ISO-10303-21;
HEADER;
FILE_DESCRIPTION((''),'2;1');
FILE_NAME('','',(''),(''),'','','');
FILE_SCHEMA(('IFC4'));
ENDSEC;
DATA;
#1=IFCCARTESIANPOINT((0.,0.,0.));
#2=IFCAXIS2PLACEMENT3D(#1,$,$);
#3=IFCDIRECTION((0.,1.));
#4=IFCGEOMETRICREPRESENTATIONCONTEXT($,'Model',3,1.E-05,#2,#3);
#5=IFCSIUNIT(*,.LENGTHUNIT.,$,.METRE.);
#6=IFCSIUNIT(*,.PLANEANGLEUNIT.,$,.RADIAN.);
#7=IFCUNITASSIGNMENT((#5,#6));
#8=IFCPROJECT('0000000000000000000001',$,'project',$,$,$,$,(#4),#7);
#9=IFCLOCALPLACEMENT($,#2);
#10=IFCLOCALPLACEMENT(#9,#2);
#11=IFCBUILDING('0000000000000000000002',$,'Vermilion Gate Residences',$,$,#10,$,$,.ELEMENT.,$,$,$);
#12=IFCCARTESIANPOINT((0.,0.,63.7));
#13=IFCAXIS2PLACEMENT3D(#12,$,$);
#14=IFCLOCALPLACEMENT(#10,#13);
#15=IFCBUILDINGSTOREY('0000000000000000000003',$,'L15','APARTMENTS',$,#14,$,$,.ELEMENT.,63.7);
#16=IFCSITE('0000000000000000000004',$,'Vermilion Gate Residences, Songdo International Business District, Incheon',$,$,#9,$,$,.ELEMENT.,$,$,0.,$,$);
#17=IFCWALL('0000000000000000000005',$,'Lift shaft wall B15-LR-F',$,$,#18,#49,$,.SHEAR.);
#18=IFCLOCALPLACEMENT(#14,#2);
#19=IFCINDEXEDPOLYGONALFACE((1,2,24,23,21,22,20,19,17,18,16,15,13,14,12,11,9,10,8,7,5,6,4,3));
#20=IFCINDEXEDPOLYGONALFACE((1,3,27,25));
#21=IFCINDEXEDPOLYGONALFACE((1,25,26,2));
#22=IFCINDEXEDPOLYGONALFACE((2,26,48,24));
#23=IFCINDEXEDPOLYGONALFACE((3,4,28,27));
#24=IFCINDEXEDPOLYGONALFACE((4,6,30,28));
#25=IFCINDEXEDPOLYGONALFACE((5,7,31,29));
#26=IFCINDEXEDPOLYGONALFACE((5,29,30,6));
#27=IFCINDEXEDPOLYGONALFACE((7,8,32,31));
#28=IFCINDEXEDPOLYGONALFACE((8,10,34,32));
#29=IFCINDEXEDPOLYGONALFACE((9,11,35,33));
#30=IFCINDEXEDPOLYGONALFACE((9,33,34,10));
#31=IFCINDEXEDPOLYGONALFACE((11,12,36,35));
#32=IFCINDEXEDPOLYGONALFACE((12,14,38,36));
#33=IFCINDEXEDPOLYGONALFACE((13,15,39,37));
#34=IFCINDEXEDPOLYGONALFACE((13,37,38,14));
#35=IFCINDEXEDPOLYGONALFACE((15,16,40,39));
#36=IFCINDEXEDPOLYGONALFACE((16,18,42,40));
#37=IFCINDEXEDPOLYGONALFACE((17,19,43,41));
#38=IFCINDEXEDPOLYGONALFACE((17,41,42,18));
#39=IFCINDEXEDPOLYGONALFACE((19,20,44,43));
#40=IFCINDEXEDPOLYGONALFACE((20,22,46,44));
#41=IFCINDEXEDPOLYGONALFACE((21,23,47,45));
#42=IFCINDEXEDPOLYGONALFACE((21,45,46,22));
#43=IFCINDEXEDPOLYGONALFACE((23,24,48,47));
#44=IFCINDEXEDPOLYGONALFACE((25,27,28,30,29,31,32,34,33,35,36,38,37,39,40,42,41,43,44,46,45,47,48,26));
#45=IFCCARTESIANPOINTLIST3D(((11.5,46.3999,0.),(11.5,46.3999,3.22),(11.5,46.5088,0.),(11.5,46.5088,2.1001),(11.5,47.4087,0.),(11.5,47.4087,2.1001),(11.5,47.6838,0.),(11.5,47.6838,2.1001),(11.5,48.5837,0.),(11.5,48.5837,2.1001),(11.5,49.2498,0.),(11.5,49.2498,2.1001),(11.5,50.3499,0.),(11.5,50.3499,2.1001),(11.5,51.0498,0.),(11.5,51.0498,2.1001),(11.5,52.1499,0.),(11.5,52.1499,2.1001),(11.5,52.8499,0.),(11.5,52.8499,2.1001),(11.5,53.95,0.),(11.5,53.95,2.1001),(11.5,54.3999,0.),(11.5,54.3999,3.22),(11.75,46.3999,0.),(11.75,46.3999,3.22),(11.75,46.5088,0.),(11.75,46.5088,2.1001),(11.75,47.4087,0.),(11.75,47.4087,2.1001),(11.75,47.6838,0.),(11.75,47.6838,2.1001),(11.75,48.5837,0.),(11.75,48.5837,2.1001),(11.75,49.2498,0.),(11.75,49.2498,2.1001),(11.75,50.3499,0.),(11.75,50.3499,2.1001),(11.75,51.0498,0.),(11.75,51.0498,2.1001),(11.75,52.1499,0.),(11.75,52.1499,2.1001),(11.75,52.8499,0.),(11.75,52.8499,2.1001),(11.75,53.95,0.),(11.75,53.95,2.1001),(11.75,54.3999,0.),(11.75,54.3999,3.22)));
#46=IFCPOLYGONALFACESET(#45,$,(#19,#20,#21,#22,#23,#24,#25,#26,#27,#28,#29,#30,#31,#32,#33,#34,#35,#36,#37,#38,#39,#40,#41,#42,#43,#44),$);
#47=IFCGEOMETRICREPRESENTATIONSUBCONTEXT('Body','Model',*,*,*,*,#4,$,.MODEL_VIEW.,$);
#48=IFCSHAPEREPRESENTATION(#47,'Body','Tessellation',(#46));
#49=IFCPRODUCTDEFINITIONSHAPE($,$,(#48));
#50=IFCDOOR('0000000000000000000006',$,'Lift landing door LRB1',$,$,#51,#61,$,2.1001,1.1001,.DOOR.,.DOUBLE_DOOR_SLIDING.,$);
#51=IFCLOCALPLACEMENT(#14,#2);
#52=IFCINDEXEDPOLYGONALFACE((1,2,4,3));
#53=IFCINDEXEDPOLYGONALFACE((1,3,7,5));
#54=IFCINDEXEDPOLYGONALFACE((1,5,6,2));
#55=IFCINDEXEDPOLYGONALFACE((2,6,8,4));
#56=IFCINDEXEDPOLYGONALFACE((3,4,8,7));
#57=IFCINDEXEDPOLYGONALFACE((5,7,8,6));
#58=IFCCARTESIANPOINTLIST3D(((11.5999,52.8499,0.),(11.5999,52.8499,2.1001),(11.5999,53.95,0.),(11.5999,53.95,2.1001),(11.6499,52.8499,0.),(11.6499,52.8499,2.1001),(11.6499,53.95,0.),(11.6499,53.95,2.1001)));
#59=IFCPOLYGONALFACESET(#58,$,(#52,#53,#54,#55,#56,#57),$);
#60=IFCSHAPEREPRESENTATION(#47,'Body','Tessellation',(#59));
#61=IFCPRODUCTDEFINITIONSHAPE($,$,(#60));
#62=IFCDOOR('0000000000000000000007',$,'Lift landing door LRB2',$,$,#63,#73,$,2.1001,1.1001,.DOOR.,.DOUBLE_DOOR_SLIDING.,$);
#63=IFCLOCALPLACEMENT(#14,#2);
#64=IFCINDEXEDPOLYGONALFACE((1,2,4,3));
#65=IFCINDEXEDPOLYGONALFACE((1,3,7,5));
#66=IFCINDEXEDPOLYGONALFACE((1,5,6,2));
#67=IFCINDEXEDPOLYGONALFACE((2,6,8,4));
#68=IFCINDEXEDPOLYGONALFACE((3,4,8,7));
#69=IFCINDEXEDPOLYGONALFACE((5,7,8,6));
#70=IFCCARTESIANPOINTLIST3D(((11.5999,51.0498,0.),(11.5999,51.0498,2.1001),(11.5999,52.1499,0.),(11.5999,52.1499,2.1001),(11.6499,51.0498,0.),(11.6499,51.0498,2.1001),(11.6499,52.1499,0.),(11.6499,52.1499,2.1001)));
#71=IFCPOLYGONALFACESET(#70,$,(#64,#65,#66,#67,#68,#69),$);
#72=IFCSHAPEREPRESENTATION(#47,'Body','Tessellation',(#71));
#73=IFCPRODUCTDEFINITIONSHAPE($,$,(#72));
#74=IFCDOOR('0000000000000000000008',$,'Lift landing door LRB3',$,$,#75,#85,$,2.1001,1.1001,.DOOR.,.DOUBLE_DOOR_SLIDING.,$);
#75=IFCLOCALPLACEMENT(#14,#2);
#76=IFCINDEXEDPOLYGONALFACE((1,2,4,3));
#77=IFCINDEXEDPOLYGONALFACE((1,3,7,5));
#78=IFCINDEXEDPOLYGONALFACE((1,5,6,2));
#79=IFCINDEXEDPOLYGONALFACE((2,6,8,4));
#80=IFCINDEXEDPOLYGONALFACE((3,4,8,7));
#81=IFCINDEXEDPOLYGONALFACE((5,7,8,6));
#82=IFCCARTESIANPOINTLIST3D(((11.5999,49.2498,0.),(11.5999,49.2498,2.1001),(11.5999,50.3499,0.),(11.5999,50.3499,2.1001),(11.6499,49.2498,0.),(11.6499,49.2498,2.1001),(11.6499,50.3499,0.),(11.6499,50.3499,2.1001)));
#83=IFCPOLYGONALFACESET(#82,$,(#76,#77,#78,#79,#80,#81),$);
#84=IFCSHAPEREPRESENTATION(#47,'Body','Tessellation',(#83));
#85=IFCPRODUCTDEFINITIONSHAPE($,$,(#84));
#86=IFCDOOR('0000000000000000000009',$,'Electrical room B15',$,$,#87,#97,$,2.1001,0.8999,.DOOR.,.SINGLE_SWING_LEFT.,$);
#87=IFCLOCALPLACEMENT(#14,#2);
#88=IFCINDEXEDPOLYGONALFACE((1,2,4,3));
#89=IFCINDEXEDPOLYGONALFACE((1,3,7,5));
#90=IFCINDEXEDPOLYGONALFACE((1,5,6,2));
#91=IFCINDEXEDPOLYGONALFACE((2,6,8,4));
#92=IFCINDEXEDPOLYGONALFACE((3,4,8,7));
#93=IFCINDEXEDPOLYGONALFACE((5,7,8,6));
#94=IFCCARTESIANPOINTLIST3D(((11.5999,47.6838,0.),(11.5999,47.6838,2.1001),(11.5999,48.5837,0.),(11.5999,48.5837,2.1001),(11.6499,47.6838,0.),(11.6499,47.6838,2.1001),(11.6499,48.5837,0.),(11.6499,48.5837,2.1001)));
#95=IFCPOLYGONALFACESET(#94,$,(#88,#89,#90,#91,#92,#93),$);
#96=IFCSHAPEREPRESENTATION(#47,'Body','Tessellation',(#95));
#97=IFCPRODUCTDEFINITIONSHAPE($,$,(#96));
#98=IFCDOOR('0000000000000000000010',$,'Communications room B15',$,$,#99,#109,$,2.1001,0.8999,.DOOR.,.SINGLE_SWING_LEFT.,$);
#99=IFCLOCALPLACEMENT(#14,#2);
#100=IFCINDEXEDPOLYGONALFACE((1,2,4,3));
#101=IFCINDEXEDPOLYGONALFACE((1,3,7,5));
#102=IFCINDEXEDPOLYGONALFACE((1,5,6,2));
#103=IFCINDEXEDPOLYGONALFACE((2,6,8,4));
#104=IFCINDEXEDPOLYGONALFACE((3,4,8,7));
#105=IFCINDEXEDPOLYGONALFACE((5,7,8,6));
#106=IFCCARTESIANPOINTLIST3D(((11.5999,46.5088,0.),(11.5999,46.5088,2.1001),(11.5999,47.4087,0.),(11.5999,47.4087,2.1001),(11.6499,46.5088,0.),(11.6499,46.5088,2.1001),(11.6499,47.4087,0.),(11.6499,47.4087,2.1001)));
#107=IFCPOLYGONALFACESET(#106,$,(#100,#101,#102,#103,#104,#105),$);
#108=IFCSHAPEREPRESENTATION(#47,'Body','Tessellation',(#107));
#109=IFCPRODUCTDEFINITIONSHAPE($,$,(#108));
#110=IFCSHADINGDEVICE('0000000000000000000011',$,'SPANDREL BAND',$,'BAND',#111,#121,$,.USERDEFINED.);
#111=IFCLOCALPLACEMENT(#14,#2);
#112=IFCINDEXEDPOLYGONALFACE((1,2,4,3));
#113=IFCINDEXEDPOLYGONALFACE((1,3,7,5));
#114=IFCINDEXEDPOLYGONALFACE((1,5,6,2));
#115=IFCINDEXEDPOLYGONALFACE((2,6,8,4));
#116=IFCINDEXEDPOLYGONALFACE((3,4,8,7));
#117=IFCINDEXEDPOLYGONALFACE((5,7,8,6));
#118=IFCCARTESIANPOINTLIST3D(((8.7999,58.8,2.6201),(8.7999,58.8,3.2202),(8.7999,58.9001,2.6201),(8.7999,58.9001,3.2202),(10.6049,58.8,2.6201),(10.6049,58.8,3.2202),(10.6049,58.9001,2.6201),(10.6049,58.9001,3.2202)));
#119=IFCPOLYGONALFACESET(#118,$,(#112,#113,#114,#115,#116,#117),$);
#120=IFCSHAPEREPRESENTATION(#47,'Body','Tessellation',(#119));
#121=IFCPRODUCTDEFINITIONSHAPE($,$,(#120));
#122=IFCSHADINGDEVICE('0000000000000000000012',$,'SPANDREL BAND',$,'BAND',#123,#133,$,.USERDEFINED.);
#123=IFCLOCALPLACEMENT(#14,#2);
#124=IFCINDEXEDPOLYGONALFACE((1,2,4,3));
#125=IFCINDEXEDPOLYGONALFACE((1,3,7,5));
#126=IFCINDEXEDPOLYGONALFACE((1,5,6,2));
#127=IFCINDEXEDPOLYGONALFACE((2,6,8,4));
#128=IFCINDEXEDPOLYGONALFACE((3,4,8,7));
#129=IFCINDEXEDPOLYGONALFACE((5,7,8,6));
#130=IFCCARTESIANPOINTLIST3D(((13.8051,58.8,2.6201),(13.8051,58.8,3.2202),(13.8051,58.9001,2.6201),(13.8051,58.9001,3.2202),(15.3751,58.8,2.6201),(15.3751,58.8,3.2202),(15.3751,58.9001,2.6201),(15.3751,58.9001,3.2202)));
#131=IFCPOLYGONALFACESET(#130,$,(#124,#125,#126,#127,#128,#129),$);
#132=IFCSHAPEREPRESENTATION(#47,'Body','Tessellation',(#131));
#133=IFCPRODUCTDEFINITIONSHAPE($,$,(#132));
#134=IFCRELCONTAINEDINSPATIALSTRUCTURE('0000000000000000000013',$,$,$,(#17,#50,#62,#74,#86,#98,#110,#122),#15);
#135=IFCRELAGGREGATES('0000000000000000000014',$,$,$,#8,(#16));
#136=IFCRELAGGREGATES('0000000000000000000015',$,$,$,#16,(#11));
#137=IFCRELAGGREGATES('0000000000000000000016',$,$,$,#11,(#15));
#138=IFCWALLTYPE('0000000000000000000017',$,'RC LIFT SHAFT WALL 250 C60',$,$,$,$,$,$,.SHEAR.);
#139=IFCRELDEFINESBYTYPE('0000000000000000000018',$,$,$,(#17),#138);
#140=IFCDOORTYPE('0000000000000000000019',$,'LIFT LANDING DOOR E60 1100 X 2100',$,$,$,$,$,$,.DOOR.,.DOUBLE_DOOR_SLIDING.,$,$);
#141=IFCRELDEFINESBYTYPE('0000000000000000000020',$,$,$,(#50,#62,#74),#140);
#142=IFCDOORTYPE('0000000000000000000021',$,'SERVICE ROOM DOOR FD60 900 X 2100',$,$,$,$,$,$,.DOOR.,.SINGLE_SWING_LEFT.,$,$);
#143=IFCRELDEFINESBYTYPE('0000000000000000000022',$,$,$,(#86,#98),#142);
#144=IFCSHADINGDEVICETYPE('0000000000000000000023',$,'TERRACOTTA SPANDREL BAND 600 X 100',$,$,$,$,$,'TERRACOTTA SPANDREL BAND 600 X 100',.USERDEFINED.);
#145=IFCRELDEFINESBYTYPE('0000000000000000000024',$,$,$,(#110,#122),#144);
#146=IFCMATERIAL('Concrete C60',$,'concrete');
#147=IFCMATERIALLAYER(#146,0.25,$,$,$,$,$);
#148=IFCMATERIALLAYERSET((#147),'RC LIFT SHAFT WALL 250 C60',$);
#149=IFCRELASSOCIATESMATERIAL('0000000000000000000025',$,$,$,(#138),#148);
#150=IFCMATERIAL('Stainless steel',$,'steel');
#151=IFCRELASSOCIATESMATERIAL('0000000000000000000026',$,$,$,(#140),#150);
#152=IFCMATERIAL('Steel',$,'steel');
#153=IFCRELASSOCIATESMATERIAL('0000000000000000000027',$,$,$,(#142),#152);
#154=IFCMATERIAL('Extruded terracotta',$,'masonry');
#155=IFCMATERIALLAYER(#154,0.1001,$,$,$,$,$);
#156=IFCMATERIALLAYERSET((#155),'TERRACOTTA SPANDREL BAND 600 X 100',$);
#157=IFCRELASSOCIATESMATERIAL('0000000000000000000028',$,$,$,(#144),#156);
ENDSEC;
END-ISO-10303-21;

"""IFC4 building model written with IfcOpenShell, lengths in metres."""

from ifc_helpers import new_model, si_unit, direction, frame, frame_2d, origin, origin_2d, place, context, subcontext, project, spatial, rectangle, extrude, material, layer, layer_set, type_object, element, fill, save


model = new_model("IFC4")

# Units and contexts
model_context = context("Model", 3, precision=1e-05, world=origin(), true_north=direction((0.0, 1.0)))
body_context = subcontext(model_context, "Body", "Model", "MODEL_VIEW")
ifc_project = project(units=[si_unit("LENGTHUNIT", "METRE"), si_unit("PLANEANGLEUNIT", "RADIAN")], contexts=[model_context])

# Site, building, storey
site_placement = place(None, origin())
site = spatial("IfcSite", under=ifc_project, at=site_placement, Name="Vermilion Gate Residences, Songdo International Business District, Incheon", CompositionType="ELEMENT", RefElevation=0.0)
building_placement = place(site_placement, origin())
building = spatial("IfcBuilding", under=site, at=building_placement, Name="Vermilion Gate Residences", CompositionType="ELEMENT")
storey_placement = place(building_placement, frame((0.0, 0.0, 63.7)))
storey = spatial("IfcBuildingStorey", under=building, at=storey_placement, Name="L15", Description="APARTMENTS", CompositionType="ELEMENT", Elevation=63.7)

# Wall, openings, doors
ifc_material_1 = material(Name="Concrete C60", Category="concrete")
ifc_layer_1 = layer(ifc_material_1, 0.25)
ifc_layer_set_1 = layer_set([ifc_layer_1], Name="RC LIFT SHAFT WALL 250 C60")
wall_type_1 = type_object("IfcWallType", Name="RC LIFT SHAFT WALL 250 C60", PredefinedType="SHEAR", material=ifc_layer_set_1)
wall_1_placement = place(storey_placement, frame((11.625, 54.3999, 0.0), z_axis=(0.0, 0.0, 1.0), x_axis=(0.0, -1.0, 0.0)))
wall_1 = element("IfcWall", 1, at=wall_1_placement, inside=storey, type_object=wall_type_1, Name="Lift shaft wall B15-LR-F", PredefinedType="SHEAR", context=body_context, shape_type="SweptSolid", body=[
    extrude(rectangle(XDim=8.0, YDim=0.25, at=frame_2d((4.0, 0.0))), origin(), (0.0, 0.0, 1.0), 3.22),
])
opening_1_placement = place(wall_1_placement, frame((0.45, 0.0, 0.0)))
opening_1 = element("IfcOpeningElement", 2, at=opening_1_placement, cuts=wall_1, PredefinedType="OPENING", context=body_context, shape_type="SweptSolid", body=[
    extrude(rectangle(XDim=1.1001, YDim=2.1001, at=frame_2d((0.55, 1.05))), frame((0.0, 0.135, 0.0), z_axis=(0.0, -1.0, 0.0), x_axis=(1.0, 0.0, 0.0)), (0.0, 0.0, 1.0), 0.27),
])
opening_2_placement = place(wall_1_placement, frame((2.25, 0.0, 0.0)))
opening_2 = element("IfcOpeningElement", 3, at=opening_2_placement, cuts=wall_1, PredefinedType="OPENING", context=body_context, shape_type="SweptSolid", body=[
    extrude(rectangle(XDim=1.1001, YDim=2.1001, at=frame_2d((0.55, 1.05))), frame((0.0, 0.135, 0.0), z_axis=(0.0, -1.0, 0.0), x_axis=(1.0, 0.0, 0.0)), (0.0, 0.0, 1.0), 0.27),
])
opening_3_placement = place(wall_1_placement, frame((4.05, 0.0, 0.0)))
opening_3 = element("IfcOpeningElement", 4, at=opening_3_placement, cuts=wall_1, PredefinedType="OPENING", context=body_context, shape_type="SweptSolid", body=[
    extrude(rectangle(XDim=1.1001, YDim=2.1001, at=frame_2d((0.55, 1.05))), frame((0.0, 0.135, 0.0), z_axis=(0.0, -1.0, 0.0), x_axis=(1.0, 0.0, 0.0)), (0.0, 0.0, 1.0), 0.27),
])
opening_4_placement = place(wall_1_placement, frame((5.8162, 0.0, 0.0)))
opening_4 = element("IfcOpeningElement", 5, at=opening_4_placement, cuts=wall_1, PredefinedType="OPENING", context=body_context, shape_type="SweptSolid", body=[
    extrude(rectangle(XDim=0.8999, YDim=2.1001, at=frame_2d((0.45, 1.05))), frame((0.0, 0.135, 0.0), z_axis=(0.0, -1.0, 0.0), x_axis=(1.0, 0.0, 0.0)), (0.0, 0.0, 1.0), 0.27),
])
opening_5_placement = place(wall_1_placement, frame((6.9912, 0.0, 0.0)))
opening_5 = element("IfcOpeningElement", 6, at=opening_5_placement, cuts=wall_1, PredefinedType="OPENING", context=body_context, shape_type="SweptSolid", body=[
    extrude(rectangle(XDim=0.8999, YDim=2.1001, at=frame_2d((0.45, 1.05))), frame((0.0, 0.135, 0.0), z_axis=(0.0, -1.0, 0.0), x_axis=(1.0, 0.0, 0.0)), (0.0, 0.0, 1.0), 0.27),
])
ifc_material_2 = material(Name="Stainless steel", Category="steel")
door_type_1 = type_object("IfcDoorType", Name="LIFT LANDING DOOR E60 1100 X 2100", OperationType="DOUBLE_DOOR_SLIDING", PredefinedType="DOOR", material=ifc_material_2)
door_1_placement = place(opening_1_placement, origin())
door_1 = element("IfcDoor", 7, at=door_1_placement, inside=storey, type_object=door_type_1, Name="Lift landing door LRB1", OperationType="DOUBLE_DOOR_SLIDING", OverallHeight=2.1001, OverallWidth=1.1001, PredefinedType="DOOR", context=body_context, shape_type="SweptSolid", body=[
    extrude(rectangle(XDim=1.1001, YDim=2.1001, at=frame_2d((0.55, 1.05))), frame((0.0, 0.0249, 0.0), z_axis=(0.0, -1.0, 0.0), x_axis=(1.0, 0.0, 0.0)), (0.0, 0.0, 1.0), 0.05),
])
fill(opening_1, door_1)
door_2_placement = place(opening_2_placement, origin())
door_2 = element("IfcDoor", 8, at=door_2_placement, inside=storey, type_object=door_type_1, Name="Lift landing door LRB2", OperationType="DOUBLE_DOOR_SLIDING", OverallHeight=2.1001, OverallWidth=1.1001, PredefinedType="DOOR", context=body_context, shape_type="SweptSolid", body=[
    extrude(rectangle(XDim=1.1001, YDim=2.1001, at=frame_2d((0.55, 1.05))), frame((0.0, 0.0249, 0.0), z_axis=(0.0, -1.0, 0.0), x_axis=(1.0, 0.0, 0.0)), (0.0, 0.0, 1.0), 0.05),
])
fill(opening_2, door_2)
door_3_placement = place(opening_3_placement, origin())
door_3 = element("IfcDoor", 9, at=door_3_placement, inside=storey, type_object=door_type_1, Name="Lift landing door LRB3", OperationType="DOUBLE_DOOR_SLIDING", OverallHeight=2.1001, OverallWidth=1.1001, PredefinedType="DOOR", context=body_context, shape_type="SweptSolid", body=[
    extrude(rectangle(XDim=1.1001, YDim=2.1001, at=frame_2d((0.55, 1.05))), frame((0.0, 0.0249, 0.0), z_axis=(0.0, -1.0, 0.0), x_axis=(1.0, 0.0, 0.0)), (0.0, 0.0, 1.0), 0.05),
])
fill(opening_3, door_3)
ifc_material_3 = material(Name="Steel", Category="steel")
door_type_2 = type_object("IfcDoorType", Name="SERVICE ROOM DOOR FD60 900 X 2100", OperationType="SINGLE_SWING_LEFT", PredefinedType="DOOR", material=ifc_material_3)
door_4_placement = place(opening_4_placement, origin())
door_4 = element("IfcDoor", 10, at=door_4_placement, inside=storey, type_object=door_type_2, Name="Electrical room B15", OperationType="SINGLE_SWING_LEFT", OverallHeight=2.1001, OverallWidth=0.8999, PredefinedType="DOOR", context=body_context, shape_type="SweptSolid", body=[
    extrude(rectangle(XDim=0.8999, YDim=2.1001, at=frame_2d((0.45, 1.05))), frame((0.0, 0.0249, 0.0), z_axis=(0.0, -1.0, 0.0), x_axis=(1.0, 0.0, 0.0)), (0.0, 0.0, 1.0), 0.05),
])
fill(opening_4, door_4)
door_5_placement = place(opening_5_placement, origin())
door_5 = element("IfcDoor", 11, at=door_5_placement, inside=storey, type_object=door_type_2, Name="Communications room B15", OperationType="SINGLE_SWING_LEFT", OverallHeight=2.1001, OverallWidth=0.8999, PredefinedType="DOOR", context=body_context, shape_type="SweptSolid", body=[
    extrude(rectangle(XDim=0.8999, YDim=2.1001, at=frame_2d((0.45, 1.05))), frame((0.0, 0.0249, 0.0), z_axis=(0.0, -1.0, 0.0), x_axis=(1.0, 0.0, 0.0)), (0.0, 0.0, 1.0), 0.05),
])
fill(opening_5, door_5)

# Shading devices
ifc_material_4 = material(Name="Extruded terracotta", Category="masonry")
ifc_layer_2 = layer(ifc_material_4, 0.1001)
ifc_layer_set_2 = layer_set([ifc_layer_2], Name="TERRACOTTA SPANDREL BAND 600 X 100")
shading_device_type = type_object("IfcShadingDeviceType", Name="TERRACOTTA SPANDREL BAND 600 X 100", ElementType="TERRACOTTA SPANDREL BAND 600 X 100", PredefinedType="USERDEFINED", material=ifc_layer_set_2)
shading_device_1_placement = place(storey_placement, frame((9.7024, 58.8501, 2.6201), z_axis=(0.0, 0.0, 1.0), x_axis=(1.0, 0.0, 0.0)))
element("IfcShadingDevice", 12, at=shading_device_1_placement, inside=storey, type_object=shading_device_type, Name="SPANDREL BAND", ObjectType="BAND", PredefinedType="USERDEFINED", context=body_context, shape_type="SweptSolid", body=[
    extrude(rectangle(XDim=1.8049, YDim=0.1001, at=origin_2d()), origin(), (0.0, 0.0, 1.0), 0.6001),
])
shading_device_2_placement = place(storey_placement, frame((14.5901, 58.8501, 2.6201), z_axis=(0.0, 0.0, 1.0), x_axis=(1.0, 0.0, 0.0)))
element("IfcShadingDevice", 13, at=shading_device_2_placement, inside=storey, type_object=shading_device_type, Name="SPANDREL BAND", ObjectType="BAND", PredefinedType="USERDEFINED", context=body_context, shape_type="SweptSolid", body=[
    extrude(rectangle(XDim=1.5701, YDim=0.1001, at=origin_2d()), origin(), (0.0, 0.0, 1.0), 0.6001),
])

save(model, "model.ifc")
